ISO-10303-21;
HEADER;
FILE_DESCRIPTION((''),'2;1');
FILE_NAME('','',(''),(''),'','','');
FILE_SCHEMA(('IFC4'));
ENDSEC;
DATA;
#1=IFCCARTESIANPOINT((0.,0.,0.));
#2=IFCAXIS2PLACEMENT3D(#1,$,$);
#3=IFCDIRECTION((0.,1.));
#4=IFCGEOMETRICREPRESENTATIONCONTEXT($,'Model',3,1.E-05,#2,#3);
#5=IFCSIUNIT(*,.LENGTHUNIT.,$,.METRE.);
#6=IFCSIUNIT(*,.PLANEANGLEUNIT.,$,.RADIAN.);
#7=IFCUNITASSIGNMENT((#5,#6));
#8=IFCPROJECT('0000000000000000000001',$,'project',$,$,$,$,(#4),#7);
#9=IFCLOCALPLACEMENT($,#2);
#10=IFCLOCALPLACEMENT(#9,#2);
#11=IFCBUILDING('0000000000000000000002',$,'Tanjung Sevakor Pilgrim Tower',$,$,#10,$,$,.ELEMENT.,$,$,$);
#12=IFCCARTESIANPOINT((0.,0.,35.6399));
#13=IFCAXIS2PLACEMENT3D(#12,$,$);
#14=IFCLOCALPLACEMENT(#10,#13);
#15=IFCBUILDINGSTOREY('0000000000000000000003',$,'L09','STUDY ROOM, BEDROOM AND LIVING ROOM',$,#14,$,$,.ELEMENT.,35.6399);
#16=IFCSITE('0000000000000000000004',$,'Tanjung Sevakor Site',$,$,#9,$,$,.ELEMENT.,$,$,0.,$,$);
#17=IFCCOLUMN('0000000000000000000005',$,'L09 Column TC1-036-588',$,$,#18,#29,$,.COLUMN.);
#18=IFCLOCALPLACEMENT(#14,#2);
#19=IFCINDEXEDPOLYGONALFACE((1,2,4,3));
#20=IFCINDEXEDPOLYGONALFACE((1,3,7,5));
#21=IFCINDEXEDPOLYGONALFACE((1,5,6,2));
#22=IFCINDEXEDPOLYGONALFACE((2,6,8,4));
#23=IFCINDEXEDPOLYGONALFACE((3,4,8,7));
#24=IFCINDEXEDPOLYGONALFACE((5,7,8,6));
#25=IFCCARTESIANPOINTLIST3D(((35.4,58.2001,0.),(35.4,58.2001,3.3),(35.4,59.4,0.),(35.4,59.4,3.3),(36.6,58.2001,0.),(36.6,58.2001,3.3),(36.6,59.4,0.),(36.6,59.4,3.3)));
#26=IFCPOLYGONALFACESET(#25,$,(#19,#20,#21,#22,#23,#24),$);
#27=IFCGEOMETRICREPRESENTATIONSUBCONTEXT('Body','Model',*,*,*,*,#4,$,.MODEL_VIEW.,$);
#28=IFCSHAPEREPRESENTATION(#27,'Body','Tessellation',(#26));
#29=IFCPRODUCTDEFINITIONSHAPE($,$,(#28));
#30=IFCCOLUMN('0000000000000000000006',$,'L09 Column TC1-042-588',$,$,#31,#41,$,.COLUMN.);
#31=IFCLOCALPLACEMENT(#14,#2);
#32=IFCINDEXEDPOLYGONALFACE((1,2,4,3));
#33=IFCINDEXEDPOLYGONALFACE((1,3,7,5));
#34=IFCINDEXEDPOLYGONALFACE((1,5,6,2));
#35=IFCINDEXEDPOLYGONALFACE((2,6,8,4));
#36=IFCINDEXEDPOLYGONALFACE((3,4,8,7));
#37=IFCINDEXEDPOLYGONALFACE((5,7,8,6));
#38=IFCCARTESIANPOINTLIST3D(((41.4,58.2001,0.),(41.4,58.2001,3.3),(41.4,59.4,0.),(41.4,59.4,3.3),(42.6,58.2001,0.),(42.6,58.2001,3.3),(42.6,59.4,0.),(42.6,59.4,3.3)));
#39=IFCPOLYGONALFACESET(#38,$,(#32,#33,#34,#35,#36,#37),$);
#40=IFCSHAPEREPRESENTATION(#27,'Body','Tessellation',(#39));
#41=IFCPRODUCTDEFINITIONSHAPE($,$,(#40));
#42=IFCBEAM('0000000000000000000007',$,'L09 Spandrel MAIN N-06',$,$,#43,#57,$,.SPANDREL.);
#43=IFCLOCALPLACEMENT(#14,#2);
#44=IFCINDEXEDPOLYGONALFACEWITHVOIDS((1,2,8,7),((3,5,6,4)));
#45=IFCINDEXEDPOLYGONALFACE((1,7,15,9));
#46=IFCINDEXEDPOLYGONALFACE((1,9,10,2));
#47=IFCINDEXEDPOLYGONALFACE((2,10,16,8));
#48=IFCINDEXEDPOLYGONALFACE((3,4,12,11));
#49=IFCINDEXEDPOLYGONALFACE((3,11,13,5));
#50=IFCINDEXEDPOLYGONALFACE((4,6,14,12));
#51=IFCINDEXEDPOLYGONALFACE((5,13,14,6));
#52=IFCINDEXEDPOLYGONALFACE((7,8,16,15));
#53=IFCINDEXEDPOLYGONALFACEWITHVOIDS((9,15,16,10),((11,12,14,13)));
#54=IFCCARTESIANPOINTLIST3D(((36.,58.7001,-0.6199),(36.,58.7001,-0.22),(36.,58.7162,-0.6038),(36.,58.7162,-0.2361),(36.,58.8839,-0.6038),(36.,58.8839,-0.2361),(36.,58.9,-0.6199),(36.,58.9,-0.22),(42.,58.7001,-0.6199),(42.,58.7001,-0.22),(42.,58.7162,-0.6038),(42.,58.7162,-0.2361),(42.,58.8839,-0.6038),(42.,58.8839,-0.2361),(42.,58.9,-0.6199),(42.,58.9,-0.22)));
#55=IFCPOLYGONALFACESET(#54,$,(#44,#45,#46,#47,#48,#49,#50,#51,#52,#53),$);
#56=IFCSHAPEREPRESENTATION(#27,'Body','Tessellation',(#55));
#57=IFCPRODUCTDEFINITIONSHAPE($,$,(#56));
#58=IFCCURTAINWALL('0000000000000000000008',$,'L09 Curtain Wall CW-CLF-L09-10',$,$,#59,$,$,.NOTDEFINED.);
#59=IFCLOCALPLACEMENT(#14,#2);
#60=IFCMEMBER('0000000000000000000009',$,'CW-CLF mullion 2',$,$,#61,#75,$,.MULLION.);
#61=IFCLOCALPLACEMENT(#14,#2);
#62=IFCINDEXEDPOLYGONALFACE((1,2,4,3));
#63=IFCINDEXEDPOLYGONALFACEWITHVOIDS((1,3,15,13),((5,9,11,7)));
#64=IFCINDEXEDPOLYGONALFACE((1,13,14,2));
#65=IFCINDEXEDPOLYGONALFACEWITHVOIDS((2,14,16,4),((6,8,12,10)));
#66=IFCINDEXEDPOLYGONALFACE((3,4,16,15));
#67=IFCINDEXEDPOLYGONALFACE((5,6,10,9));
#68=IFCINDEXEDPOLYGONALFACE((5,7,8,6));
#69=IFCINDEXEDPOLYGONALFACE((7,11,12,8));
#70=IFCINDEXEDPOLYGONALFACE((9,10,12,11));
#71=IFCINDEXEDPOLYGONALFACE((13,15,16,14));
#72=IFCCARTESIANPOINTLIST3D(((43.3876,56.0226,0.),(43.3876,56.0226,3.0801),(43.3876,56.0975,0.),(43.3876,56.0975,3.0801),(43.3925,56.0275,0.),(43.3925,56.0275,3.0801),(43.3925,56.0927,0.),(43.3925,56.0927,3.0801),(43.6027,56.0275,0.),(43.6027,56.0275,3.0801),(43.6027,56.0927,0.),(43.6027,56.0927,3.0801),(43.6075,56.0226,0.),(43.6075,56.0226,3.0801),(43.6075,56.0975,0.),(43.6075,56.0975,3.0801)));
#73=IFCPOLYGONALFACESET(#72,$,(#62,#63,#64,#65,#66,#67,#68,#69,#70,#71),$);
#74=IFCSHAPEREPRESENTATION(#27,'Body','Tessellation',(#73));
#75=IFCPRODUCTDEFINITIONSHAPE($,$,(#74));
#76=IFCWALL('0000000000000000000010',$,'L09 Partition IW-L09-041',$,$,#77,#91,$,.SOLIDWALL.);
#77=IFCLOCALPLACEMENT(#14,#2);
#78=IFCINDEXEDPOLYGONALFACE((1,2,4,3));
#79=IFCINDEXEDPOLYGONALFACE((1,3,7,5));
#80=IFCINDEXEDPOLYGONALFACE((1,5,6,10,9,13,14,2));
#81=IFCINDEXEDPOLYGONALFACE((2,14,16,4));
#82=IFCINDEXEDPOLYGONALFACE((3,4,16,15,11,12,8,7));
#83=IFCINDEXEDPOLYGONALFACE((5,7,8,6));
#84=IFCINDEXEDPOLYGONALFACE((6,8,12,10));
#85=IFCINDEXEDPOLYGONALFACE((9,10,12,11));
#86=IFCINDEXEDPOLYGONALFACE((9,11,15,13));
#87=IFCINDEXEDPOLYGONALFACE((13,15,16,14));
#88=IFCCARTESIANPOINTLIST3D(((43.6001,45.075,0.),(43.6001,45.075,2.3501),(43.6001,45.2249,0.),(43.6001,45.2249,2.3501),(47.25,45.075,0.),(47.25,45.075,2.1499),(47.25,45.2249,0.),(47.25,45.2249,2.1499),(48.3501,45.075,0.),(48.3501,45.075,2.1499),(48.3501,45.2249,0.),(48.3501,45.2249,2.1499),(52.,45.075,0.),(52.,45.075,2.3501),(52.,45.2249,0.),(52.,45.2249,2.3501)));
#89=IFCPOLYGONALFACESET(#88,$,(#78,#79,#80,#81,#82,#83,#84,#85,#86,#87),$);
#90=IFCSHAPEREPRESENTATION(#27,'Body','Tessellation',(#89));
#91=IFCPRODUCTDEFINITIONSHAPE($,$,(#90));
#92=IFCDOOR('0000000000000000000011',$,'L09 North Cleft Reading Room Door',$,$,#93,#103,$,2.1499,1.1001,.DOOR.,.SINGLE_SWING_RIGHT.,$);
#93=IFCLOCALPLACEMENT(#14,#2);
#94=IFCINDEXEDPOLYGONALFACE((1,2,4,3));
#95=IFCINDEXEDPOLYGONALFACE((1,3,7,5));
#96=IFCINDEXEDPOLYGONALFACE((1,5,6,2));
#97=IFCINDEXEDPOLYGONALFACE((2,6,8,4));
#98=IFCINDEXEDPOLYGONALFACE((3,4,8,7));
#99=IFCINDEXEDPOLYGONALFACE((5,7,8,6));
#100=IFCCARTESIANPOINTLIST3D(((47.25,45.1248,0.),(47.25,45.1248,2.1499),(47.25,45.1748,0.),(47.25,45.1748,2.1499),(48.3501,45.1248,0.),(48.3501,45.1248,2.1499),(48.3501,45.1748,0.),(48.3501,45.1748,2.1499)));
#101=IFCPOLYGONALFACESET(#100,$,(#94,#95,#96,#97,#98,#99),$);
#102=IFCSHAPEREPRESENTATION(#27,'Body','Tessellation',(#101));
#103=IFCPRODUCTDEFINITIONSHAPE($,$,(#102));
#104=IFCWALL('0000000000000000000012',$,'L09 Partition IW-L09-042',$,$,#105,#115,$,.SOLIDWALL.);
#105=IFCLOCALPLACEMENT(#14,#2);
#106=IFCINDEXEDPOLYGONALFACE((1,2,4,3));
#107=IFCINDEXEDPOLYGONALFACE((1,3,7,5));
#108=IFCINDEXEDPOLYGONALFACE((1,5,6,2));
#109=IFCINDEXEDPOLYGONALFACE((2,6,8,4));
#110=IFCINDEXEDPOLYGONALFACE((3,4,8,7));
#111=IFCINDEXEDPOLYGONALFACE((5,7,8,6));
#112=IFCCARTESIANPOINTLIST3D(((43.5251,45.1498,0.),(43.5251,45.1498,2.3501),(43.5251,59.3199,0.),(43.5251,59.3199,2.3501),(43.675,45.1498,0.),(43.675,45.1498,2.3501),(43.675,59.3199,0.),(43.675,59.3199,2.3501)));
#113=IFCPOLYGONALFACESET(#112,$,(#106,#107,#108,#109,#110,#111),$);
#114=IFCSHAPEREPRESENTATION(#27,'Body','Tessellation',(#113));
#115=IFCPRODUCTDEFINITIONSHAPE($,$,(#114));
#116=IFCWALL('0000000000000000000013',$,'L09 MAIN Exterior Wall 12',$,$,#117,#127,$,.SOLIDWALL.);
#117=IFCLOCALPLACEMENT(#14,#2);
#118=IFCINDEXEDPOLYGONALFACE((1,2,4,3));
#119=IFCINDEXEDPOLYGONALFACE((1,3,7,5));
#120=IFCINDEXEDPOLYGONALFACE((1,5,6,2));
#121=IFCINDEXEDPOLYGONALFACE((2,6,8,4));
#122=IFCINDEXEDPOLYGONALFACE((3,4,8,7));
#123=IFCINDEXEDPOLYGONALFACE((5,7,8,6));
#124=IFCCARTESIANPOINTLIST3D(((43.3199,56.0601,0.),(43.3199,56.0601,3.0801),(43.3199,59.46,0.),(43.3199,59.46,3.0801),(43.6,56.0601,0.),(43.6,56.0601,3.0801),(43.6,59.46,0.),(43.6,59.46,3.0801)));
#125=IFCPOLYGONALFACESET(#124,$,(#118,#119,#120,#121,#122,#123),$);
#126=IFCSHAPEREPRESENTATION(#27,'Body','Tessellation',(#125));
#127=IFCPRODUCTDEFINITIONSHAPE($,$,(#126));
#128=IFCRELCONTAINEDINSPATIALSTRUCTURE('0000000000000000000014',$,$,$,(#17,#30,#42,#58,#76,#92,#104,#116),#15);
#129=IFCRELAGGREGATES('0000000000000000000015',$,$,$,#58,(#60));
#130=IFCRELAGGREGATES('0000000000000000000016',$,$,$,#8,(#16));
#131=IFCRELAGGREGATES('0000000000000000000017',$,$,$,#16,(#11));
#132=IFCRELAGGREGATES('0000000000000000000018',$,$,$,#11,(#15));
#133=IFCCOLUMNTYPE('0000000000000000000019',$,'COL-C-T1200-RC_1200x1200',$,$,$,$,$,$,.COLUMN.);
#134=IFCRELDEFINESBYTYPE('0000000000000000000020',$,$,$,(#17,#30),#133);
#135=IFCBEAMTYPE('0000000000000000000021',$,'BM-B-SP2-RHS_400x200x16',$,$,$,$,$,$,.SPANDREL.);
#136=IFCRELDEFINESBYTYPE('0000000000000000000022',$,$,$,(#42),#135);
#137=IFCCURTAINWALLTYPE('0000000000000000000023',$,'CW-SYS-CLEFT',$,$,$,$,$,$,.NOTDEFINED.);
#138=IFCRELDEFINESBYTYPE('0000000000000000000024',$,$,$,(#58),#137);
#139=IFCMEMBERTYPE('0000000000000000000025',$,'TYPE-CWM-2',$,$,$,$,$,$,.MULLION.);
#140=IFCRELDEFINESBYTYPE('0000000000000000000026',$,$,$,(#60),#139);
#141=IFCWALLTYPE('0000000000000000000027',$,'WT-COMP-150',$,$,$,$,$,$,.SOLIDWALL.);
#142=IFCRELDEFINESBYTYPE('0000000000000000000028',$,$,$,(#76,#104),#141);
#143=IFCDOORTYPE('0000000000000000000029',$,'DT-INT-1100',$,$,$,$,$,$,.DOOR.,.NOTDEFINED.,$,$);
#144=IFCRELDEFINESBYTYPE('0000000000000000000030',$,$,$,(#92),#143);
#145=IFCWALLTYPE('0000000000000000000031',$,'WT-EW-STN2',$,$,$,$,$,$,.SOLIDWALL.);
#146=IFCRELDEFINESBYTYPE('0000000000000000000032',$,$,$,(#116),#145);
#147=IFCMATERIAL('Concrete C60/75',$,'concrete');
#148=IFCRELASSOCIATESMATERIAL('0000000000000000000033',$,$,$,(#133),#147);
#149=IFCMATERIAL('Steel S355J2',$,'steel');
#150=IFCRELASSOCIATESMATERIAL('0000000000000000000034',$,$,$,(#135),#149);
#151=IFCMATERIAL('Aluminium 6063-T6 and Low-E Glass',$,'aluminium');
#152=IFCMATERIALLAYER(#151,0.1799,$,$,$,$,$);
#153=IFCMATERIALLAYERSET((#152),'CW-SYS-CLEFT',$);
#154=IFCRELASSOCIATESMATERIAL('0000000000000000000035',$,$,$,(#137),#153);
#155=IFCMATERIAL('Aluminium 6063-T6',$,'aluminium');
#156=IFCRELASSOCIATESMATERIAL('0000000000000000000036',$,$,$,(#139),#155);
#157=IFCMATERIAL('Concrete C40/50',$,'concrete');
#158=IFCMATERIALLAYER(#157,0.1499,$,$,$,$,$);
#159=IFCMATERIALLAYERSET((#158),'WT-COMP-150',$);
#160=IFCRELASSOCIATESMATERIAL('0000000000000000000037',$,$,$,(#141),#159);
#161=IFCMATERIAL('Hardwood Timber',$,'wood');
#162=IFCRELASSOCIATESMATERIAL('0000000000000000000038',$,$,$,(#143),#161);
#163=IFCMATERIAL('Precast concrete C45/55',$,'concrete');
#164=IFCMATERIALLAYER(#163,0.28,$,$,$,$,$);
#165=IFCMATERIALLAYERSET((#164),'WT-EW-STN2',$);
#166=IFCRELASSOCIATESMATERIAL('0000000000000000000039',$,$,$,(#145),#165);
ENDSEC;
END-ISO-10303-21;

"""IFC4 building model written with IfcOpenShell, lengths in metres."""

from ifc_helpers import new_model, si_unit, direction, frame, frame_2d, origin, origin_2d, place, context, subcontext, project, spatial, rectangle, hollow_rectangle, extrude, material, layer, layer_set, material_profile, profile_set, type_object, element, fill, aggregate, save


model = new_model("IFC4")

# Units and contexts
model_context = context("Model", 3, precision=1e-05, world=origin(), true_north=direction((0.0, 1.0)))
body_context = subcontext(model_context, "Body", "Model", "MODEL_VIEW")
ifc_project = project(units=[si_unit("LENGTHUNIT", "METRE"), si_unit("PLANEANGLEUNIT", "RADIAN")], contexts=[model_context])

# Site, building, storey
site_placement = place(None, origin())
site = spatial("IfcSite", under=ifc_project, at=site_placement, Name="Tanjung Sevakor Site", CompositionType="ELEMENT", RefElevation=0.0)
building_placement = place(site_placement, origin())
building = spatial("IfcBuilding", under=site, at=building_placement, Name="Tanjung Sevakor Pilgrim Tower", CompositionType="ELEMENT")
storey_placement = place(building_placement, frame((0.0, 0.0, 35.6399)))
storey = spatial("IfcBuildingStorey", under=building, at=storey_placement, Name="L09", Description="STUDY ROOM, BEDROOM AND LIVING ROOM", CompositionType="ELEMENT", Elevation=35.6399)

# Columns
ifc_material_1 = material(Name="Concrete C60/75", Category="concrete")
ifc_material_profile_1 = material_profile(ifc_material_1, rectangle(XDim=1.2, YDim=1.2, at=origin_2d()))
ifc_profile_set_1 = profile_set([ifc_material_profile_1], Name="Concrete C60/75")
column_type = type_object("IfcColumnType", Name="COL-C-T1200-RC_1200x1200", PredefinedType="COLUMN", material=ifc_profile_set_1)
for number, where, z_axis, x_axis, name in (
    (1, (36.0, 58.8, 0.0), (0.0, 0.0, 1.0), (1.0, 0.0, 0.0), "L09 Column TC1-036-588"),
    (2, (42.0, 58.8, 0.0), (0.0, 0.0, 1.0), (1.0, 0.0, 0.0), "L09 Column TC1-042-588"),
):
    element("IfcColumn", number, at=place(storey_placement, frame(where, z_axis=z_axis, x_axis=x_axis)), inside=storey, type_object=column_type, Name=name, PredefinedType="COLUMN", context=body_context, shape_type="SweptSolid", body=[
        extrude(rectangle(XDim=1.2, YDim=1.2, at=origin_2d()), origin(), (0.0, 0.0, 1.0), 3.3),
    ])

# Beam
ifc_material_2 = material(Name="Steel S355J2", Category="steel")
ifc_material_profile_2 = material_profile(ifc_material_2, hollow_rectangle(XDim=0.2, YDim=0.3999, WallThickness=0.0161, at=origin_2d()))
ifc_profile_set_2 = profile_set([ifc_material_profile_2], Name="Steel S355J2")
beam_type = type_object("IfcBeamType", Name="BM-B-SP2-RHS_400x200x16", PredefinedType="SPANDREL", material=ifc_profile_set_2)
beam_placement = place(storey_placement, frame((36.0, 58.8, -0.4199), z_axis=(1.0, 0.0, 0.0), x_axis=(0.0, 1.0, 0.0)))
element("IfcBeam", 3, at=beam_placement, inside=storey, type_object=beam_type, Name="L09 Spandrel MAIN N-06", PredefinedType="SPANDREL", context=body_context, shape_type="SweptSolid", body=[
    extrude(hollow_rectangle(XDim=0.2, YDim=0.3999, WallThickness=0.0161, at=origin_2d()), origin(), (0.0, 0.0, 1.0), 6.0),
])

# Curtain wall, member
ifc_material_3 = material(Name="Aluminium 6063-T6 and Low-E Glass", Category="aluminium")
ifc_layer_1 = layer(ifc_material_3, 0.1799)
ifc_layer_set_1 = layer_set([ifc_layer_1], Name="CW-SYS-CLEFT")
curtain_wall_type = type_object("IfcCurtainWallType", Name="CW-SYS-CLEFT", PredefinedType="NOTDEFINED", material=ifc_layer_set_1)
curtain_wall_placement = place(storey_placement, origin())
curtain_wall = element("IfcCurtainWall", 4, at=curtain_wall_placement, inside=storey, type_object=curtain_wall_type, Name="L09 Curtain Wall CW-CLF-L09-10", PredefinedType="NOTDEFINED")
ifc_material_4 = material(Name="Aluminium 6063-T6", Category="aluminium")
ifc_material_profile_3 = material_profile(ifc_material_4, hollow_rectangle(XDim=0.075, YDim=0.22, WallThickness=0.0049, at=origin_2d()))
ifc_profile_set_3 = profile_set([ifc_material_profile_3], Name="Aluminium 6063-T6")
member_type = type_object("IfcMemberType", Name="TYPE-CWM-2", PredefinedType="MULLION", material=ifc_profile_set_3)
member_placement = place(storey_placement, frame((43.4976, 56.0601, 0.0), z_axis=(0.0, 0.0, 1.0), x_axis=(0.0, -1.0, 0.0)))
member = element("IfcMember", 5, at=member_placement, type_object=member_type, Name="CW-CLF mullion 2", PredefinedType="MULLION", context=body_context, shape_type="SweptSolid", body=[
    extrude(hollow_rectangle(XDim=0.075, YDim=0.22, WallThickness=0.0049, at=origin_2d()), origin(), (0.0, 0.0, 1.0), 3.0801),
])
aggregate(curtain_wall, [member])

# Wall, opening, door
ifc_material_5 = material(Name="Concrete C40/50", Category="concrete")
ifc_layer_2 = layer(ifc_material_5, 0.1499)
ifc_layer_set_2 = layer_set([ifc_layer_2], Name="WT-COMP-150")
wall_type_1 = type_object("IfcWallType", Name="WT-COMP-150", PredefinedType="SOLIDWALL", material=ifc_layer_set_2)
wall_1_placement = place(storey_placement, frame((43.6001, 45.1499, 0.0), z_axis=(0.0, 0.0, 1.0), x_axis=(1.0, 0.0, 0.0)))
wall_1 = element("IfcWall", 6, at=wall_1_placement, inside=storey, type_object=wall_type_1, Name="L09 Partition IW-L09-041", PredefinedType="SOLIDWALL", context=body_context, shape_type="SweptSolid", body=[
    extrude(rectangle(XDim=8.3999, YDim=0.1499, at=frame_2d((4.2, 0.0))), origin(), (0.0, 0.0, 1.0), 2.3501),
])
opening_1_placement = place(wall_1_placement, frame((3.6499, 0.0, 0.0)))
opening_1 = element("IfcOpeningElement", 7, at=opening_1_placement, cuts=wall_1, PredefinedType="OPENING", context=body_context, shape_type="SweptSolid", body=[
    extrude(rectangle(XDim=1.1001, YDim=2.1499, at=frame_2d((0.55, 1.075))), frame((0.0, 0.085, 0.0), z_axis=(0.0, -1.0, 0.0), x_axis=(1.0, 0.0, 0.0)), (0.0, 0.0, 1.0), 0.1699),
])
ifc_material_6 = material(Name="Hardwood Timber", Category="wood")
door_type_1 = type_object("IfcDoorType", Name="DT-INT-1100", OperationType="NOTDEFINED", PredefinedType="DOOR", material=ifc_material_6)
door_1_placement = place(opening_1_placement, origin())
door_1 = element("IfcDoor", 8, at=door_1_placement, inside=storey, type_object=door_type_1, Name="L09 North Cleft Reading Room Door", OperationType="SINGLE_SWING_RIGHT", OverallHeight=2.1499, OverallWidth=1.1001, PredefinedType="DOOR", context=body_context, shape_type="SweptSolid", body=[
    extrude(rectangle(XDim=1.1001, YDim=2.1499, at=frame_2d((0.55, 1.075))), frame((0.0, 0.0249, 0.0), z_axis=(0.0, -1.0, 0.0), x_axis=(1.0, 0.0, 0.0)), (0.0, 0.0, 1.0), 0.05),
])
fill(opening_1, door_1)

# Wall
wall_2_placement = place(storey_placement, frame((43.6001, 45.1499, 0.0), z_axis=(0.0, 0.0, 1.0), x_axis=(0.0, 1.0, 0.0)))
element("IfcWall", 9, at=wall_2_placement, inside=storey, type_object=wall_type_1, Name="L09 Partition IW-L09-042", PredefinedType="SOLIDWALL", context=body_context, shape_type="SweptSolid", body=[
    extrude(rectangle(XDim=14.1702, YDim=0.1499, at=frame_2d((7.085, 0.0))), origin(), (0.0, 0.0, 1.0), 2.3501),
])

# Wall
ifc_material_7 = material(Name="Precast concrete C45/55", Category="concrete")
ifc_layer_3 = layer(ifc_material_7, 0.28)
ifc_layer_set_3 = layer_set([ifc_layer_3], Name="WT-EW-STN2")
wall_type_2 = type_object("IfcWallType", Name="WT-EW-STN2", PredefinedType="SOLIDWALL", material=ifc_layer_set_3)
wall_3_placement = place(storey_placement, frame((43.46, 56.0601, 0.0), z_axis=(0.0, 0.0, 1.0), x_axis=(0.0, 1.0, 0.0)))
element("IfcWall", 10, at=wall_3_placement, inside=storey, type_object=wall_type_2, Name="L09 MAIN Exterior Wall 12", PredefinedType="SOLIDWALL", context=body_context, shape_type="SweptSolid", body=[
    extrude(rectangle(XDim=3.3999, YDim=0.28, at=frame_2d((1.7, 0.0))), origin(), (0.0, 0.0, 1.0), 3.0801),
])

save(model, "model.ifc")
